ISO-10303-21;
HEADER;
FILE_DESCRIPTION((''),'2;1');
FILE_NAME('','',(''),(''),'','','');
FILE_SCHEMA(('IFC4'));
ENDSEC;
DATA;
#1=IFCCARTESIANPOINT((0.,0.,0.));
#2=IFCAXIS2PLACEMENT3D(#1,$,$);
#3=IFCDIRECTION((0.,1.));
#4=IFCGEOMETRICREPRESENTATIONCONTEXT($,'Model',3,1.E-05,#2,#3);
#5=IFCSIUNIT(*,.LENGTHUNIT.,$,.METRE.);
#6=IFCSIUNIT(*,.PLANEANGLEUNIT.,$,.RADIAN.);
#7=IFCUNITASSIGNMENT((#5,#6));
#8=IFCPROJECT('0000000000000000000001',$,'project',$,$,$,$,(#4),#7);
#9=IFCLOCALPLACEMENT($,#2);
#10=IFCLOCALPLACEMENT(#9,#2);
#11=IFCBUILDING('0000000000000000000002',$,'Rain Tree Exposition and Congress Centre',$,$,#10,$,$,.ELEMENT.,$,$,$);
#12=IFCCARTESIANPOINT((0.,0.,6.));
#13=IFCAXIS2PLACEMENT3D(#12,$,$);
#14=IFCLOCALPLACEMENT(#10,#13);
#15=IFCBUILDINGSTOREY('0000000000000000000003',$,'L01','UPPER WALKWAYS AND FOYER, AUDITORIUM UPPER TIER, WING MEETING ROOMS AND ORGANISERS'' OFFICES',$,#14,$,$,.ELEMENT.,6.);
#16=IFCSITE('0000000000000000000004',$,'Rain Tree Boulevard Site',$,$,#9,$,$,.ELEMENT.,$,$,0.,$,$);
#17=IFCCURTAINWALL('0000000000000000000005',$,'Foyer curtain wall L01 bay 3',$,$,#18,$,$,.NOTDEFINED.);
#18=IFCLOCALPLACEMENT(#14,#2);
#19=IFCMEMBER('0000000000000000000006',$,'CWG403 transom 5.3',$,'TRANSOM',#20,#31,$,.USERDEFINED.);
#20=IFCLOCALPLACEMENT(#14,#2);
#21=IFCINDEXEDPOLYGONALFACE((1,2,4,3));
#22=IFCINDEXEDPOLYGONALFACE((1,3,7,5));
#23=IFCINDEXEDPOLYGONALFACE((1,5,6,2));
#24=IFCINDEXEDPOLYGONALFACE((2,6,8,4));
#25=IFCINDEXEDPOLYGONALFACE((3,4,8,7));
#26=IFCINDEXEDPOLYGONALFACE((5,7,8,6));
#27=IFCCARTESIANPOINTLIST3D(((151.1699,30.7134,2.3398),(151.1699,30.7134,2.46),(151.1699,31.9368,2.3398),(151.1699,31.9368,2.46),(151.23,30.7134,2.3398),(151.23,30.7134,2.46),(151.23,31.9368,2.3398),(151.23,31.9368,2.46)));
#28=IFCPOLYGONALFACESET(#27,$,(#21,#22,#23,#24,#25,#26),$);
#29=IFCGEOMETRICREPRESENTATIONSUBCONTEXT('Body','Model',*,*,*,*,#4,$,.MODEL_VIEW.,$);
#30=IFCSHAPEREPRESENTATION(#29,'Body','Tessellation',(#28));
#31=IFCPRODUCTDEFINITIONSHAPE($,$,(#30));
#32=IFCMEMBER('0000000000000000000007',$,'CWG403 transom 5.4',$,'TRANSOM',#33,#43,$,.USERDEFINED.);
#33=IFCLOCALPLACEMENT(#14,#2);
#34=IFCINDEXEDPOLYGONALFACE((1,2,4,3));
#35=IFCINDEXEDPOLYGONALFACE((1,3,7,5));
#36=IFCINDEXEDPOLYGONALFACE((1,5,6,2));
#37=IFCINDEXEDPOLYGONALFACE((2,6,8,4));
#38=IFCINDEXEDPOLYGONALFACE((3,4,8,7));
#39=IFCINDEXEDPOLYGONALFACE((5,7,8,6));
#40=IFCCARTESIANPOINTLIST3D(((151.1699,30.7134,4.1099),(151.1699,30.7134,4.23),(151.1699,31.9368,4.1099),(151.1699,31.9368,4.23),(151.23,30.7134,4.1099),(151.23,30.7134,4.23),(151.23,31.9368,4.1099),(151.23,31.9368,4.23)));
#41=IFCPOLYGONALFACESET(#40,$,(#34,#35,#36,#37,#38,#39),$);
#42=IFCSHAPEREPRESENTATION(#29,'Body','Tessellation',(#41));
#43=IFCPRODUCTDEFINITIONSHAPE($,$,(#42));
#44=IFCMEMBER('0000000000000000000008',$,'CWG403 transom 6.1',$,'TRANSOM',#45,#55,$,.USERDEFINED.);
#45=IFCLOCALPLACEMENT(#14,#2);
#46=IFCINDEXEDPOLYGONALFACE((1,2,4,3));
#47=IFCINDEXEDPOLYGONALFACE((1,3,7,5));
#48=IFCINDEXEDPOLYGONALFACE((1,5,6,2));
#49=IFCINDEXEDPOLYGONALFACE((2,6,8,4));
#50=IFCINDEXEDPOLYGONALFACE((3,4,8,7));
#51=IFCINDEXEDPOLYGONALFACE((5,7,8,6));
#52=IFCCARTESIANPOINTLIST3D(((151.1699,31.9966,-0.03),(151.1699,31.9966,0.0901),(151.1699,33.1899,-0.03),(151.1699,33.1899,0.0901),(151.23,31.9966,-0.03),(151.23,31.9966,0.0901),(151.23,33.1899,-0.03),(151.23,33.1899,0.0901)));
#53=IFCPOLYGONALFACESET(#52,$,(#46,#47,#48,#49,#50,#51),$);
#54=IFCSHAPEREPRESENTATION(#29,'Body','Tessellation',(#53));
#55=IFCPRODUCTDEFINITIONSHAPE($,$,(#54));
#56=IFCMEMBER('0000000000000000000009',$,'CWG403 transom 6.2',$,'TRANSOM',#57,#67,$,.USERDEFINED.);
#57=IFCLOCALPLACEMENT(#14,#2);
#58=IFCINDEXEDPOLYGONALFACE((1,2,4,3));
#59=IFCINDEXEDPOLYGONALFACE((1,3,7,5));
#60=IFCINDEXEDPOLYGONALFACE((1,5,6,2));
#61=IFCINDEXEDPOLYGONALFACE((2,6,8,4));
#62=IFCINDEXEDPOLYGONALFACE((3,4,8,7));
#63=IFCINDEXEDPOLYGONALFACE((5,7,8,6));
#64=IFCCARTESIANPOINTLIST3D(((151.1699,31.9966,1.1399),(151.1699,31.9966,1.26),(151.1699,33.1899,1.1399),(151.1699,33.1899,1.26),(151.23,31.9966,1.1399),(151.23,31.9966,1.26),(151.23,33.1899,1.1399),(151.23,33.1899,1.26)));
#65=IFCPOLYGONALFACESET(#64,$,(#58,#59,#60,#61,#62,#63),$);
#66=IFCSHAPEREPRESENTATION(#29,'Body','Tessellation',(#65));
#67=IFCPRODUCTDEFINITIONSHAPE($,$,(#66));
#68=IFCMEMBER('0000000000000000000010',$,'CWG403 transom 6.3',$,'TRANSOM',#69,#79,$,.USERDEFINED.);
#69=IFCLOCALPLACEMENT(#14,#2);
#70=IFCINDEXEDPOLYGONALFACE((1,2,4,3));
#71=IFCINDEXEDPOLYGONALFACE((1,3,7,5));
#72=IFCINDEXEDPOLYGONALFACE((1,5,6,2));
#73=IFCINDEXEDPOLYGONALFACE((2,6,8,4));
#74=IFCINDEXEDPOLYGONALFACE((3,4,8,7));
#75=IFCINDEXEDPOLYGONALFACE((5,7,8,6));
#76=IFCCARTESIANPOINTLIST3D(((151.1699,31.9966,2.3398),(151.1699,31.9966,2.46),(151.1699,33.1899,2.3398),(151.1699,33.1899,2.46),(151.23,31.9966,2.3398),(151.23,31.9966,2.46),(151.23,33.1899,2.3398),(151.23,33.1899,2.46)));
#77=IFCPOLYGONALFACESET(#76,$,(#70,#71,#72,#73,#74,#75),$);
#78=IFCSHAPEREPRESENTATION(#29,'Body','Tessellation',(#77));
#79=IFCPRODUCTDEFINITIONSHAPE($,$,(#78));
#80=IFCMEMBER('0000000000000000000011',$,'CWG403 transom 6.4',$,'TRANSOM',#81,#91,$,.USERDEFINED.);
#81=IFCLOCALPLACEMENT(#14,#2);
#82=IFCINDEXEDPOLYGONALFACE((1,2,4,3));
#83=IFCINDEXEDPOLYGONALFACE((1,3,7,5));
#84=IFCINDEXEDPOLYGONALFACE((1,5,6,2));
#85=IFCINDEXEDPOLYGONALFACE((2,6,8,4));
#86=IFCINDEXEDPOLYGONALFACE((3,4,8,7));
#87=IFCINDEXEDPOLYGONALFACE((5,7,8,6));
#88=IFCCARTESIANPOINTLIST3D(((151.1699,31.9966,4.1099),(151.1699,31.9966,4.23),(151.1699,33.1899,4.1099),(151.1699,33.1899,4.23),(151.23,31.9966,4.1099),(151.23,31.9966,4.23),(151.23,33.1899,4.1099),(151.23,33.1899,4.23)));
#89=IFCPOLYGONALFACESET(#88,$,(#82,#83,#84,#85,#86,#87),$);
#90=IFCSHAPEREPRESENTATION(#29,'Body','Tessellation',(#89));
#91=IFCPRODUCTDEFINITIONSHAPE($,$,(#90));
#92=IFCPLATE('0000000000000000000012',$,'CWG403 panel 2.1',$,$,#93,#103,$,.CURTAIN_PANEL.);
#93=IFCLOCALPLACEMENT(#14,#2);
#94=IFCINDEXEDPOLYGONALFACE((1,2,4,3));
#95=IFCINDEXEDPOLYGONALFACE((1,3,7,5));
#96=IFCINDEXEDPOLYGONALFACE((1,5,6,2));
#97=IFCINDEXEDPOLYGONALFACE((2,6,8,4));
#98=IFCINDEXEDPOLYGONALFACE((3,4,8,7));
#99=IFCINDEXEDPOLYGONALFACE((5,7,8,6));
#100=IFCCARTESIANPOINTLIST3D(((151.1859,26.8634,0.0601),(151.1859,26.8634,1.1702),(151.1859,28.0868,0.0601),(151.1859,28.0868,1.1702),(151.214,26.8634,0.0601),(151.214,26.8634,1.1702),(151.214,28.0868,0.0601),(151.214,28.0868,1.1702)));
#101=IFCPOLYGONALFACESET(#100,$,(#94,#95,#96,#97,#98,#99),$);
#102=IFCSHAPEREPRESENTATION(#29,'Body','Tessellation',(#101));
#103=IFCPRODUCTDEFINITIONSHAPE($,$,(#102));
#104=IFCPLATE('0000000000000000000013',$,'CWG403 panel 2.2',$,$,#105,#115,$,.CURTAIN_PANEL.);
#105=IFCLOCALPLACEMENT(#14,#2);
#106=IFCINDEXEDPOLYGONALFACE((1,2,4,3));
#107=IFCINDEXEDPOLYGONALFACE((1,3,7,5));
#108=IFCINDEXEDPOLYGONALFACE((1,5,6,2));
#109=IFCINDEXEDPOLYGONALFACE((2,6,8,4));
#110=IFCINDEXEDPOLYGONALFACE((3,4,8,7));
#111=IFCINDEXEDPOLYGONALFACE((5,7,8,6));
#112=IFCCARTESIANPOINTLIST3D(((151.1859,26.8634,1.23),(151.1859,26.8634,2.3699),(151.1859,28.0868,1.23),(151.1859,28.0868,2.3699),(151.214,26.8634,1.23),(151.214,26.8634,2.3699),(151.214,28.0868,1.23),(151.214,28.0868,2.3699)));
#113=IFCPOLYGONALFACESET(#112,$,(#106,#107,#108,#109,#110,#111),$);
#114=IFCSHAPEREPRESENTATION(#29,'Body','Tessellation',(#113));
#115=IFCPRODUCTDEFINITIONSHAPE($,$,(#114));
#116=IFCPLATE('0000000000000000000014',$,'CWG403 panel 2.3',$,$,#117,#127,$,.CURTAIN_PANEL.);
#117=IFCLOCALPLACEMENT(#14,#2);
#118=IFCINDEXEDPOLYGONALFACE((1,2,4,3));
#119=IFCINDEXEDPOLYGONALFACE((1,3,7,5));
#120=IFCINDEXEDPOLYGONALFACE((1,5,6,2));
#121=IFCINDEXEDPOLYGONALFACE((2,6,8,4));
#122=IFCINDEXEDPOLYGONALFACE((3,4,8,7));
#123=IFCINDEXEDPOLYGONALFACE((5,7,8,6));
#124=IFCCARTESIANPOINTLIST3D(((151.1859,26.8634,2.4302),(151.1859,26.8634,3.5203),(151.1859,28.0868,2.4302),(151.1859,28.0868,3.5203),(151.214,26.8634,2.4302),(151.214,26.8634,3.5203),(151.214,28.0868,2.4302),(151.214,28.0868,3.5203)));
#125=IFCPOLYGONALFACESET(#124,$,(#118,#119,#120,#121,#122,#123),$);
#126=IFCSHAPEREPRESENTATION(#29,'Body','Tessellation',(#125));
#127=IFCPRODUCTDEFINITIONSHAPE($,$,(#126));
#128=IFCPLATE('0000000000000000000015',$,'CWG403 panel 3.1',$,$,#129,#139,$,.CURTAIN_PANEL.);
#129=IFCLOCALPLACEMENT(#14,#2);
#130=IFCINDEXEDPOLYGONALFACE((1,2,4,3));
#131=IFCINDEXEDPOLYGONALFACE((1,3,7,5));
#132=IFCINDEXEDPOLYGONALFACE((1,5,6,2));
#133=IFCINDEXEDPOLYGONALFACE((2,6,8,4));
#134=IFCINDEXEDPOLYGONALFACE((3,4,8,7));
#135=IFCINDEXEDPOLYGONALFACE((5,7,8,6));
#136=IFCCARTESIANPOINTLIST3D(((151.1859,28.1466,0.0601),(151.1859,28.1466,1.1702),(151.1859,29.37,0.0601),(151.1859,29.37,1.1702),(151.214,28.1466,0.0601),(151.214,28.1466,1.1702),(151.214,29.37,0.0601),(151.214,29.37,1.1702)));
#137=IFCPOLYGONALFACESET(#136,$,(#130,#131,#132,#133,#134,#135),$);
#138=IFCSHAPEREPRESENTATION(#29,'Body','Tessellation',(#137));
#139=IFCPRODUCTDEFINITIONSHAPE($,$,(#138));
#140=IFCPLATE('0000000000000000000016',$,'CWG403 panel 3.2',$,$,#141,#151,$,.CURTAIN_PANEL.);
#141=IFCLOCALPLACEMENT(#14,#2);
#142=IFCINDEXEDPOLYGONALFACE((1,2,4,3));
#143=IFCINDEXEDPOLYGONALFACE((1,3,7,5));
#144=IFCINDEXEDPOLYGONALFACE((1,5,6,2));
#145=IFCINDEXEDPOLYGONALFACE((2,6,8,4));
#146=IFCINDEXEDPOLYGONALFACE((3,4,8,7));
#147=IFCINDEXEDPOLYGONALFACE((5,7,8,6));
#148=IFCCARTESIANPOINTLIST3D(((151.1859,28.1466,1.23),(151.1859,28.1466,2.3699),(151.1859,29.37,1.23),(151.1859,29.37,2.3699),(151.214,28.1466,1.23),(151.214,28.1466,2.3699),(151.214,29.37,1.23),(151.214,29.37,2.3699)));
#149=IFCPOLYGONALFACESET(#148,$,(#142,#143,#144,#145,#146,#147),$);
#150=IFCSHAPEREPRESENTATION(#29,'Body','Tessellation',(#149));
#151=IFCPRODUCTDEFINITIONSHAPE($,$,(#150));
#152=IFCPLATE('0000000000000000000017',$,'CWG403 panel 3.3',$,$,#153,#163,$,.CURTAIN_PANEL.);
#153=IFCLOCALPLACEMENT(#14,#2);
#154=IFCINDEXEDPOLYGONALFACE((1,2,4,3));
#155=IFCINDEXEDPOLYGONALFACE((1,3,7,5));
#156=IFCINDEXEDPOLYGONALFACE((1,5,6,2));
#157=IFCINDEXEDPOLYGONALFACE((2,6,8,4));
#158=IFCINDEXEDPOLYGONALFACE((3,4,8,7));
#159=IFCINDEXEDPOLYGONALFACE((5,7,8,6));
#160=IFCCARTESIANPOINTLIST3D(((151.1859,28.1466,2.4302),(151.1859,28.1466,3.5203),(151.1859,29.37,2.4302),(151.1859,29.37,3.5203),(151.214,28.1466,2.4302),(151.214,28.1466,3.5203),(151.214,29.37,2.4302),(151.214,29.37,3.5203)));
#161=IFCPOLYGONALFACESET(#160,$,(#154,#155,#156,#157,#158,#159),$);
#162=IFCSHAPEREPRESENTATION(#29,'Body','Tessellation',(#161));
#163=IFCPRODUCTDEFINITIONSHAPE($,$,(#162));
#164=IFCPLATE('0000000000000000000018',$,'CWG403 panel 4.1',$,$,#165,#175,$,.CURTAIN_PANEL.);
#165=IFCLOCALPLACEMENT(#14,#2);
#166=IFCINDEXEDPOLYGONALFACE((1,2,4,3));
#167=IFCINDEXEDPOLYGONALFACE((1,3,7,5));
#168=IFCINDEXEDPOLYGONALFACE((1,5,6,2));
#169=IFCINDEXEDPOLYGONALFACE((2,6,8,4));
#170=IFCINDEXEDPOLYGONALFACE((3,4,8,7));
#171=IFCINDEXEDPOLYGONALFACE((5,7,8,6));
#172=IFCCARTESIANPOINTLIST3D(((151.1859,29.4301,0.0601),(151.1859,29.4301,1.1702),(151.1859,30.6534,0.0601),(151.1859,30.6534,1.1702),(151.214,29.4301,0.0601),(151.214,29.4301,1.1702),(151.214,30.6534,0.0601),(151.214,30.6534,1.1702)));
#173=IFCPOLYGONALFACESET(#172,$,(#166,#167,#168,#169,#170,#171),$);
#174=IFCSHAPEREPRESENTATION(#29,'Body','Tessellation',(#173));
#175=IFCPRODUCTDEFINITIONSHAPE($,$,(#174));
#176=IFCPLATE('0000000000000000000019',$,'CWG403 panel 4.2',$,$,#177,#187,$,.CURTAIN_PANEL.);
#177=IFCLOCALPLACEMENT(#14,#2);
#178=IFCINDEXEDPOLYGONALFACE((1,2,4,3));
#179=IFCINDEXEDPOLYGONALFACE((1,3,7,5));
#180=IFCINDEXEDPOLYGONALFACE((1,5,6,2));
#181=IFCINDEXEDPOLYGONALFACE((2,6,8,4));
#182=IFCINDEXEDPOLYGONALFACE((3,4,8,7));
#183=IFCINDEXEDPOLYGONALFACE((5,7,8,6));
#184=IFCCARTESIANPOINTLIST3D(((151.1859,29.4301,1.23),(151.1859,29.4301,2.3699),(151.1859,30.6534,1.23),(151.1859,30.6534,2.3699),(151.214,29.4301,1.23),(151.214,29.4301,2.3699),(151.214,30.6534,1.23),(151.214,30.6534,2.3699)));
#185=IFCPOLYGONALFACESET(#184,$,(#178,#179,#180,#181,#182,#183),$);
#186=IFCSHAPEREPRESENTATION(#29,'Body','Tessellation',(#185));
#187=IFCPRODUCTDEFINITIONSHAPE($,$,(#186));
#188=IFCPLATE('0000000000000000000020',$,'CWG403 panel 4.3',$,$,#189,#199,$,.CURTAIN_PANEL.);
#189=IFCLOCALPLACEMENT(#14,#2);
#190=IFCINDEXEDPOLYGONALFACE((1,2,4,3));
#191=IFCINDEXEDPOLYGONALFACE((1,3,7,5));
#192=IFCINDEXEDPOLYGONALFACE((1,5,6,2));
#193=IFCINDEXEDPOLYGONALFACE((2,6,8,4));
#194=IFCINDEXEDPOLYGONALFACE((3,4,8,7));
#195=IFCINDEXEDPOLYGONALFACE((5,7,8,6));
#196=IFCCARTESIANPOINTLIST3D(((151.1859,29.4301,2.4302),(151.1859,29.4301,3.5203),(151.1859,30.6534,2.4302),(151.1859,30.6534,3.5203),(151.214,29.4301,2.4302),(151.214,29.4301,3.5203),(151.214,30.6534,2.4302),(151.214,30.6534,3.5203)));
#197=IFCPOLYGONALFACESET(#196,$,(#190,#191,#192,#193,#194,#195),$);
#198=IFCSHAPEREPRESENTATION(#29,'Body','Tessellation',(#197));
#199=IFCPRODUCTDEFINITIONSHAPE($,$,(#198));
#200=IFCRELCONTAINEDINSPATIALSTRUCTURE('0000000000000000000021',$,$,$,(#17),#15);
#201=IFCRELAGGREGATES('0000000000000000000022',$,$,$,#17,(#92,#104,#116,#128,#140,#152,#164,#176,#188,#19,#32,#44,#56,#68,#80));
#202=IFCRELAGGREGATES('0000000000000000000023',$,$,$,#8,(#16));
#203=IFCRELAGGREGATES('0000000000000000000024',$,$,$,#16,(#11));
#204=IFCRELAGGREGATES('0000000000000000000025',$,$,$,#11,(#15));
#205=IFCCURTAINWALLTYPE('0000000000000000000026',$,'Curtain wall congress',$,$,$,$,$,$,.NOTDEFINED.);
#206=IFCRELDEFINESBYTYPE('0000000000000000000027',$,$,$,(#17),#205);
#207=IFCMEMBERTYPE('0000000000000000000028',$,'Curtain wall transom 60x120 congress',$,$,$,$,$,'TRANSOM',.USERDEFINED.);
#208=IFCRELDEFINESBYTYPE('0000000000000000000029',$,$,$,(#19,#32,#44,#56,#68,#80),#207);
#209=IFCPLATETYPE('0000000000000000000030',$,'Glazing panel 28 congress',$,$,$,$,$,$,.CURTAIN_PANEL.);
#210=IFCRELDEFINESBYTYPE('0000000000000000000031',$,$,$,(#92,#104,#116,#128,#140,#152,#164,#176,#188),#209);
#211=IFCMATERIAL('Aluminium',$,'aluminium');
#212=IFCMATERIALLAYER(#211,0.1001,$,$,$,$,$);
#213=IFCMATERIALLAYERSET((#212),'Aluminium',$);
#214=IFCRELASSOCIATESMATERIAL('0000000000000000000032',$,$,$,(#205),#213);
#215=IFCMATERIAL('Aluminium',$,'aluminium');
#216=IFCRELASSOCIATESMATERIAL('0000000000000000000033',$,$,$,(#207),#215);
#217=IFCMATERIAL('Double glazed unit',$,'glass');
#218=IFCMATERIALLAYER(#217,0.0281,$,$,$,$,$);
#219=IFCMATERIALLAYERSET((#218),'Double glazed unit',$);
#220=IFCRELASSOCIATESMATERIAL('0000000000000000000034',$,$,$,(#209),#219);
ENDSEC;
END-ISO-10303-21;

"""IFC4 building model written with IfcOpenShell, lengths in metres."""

from ifc_helpers import new_model, si_unit, direction, frame, origin, origin_2d, place, context, subcontext, project, spatial, rectangle, extrude, material, layer, layer_set, material_profile, profile_set, type_object, element, aggregate, save


model = new_model("IFC4")

# Units and contexts
model_context = context("Model", 3, precision=1e-05, world=origin(), true_north=direction((0.0, 1.0)))
body_context = subcontext(model_context, "Body", "Model", "MODEL_VIEW")
ifc_project = project(units=[si_unit("LENGTHUNIT", "METRE"), si_unit("PLANEANGLEUNIT", "RADIAN")], contexts=[model_context])

# Site, building, storey
site_placement = place(None, origin())
site = spatial("IfcSite", under=ifc_project, at=site_placement, Name="Rain Tree Boulevard Site", CompositionType="ELEMENT", RefElevation=0.0)
building_placement = place(site_placement, origin())
building = spatial("IfcBuilding", under=site, at=building_placement, Name="Rain Tree Exposition and Congress Centre", CompositionType="ELEMENT")
storey_placement = place(building_placement, frame((0.0, 0.0, 6.0)))
storey = spatial("IfcBuildingStorey", under=building, at=storey_placement, Name="L01", Description="UPPER WALKWAYS AND FOYER, AUDITORIUM UPPER TIER, WING MEETING ROOMS AND ORGANISERS' OFFICES", CompositionType="ELEMENT", Elevation=6.0)

# Curtain wall, members, plates
ifc_material_1 = material(Name="Aluminium", Category="aluminium")
ifc_layer_1 = layer(ifc_material_1, 0.1001)
ifc_layer_set_1 = layer_set([ifc_layer_1], Name="Aluminium")
curtain_wall_type = type_object("IfcCurtainWallType", Name="Curtain wall congress", PredefinedType="NOTDEFINED", material=ifc_layer_set_1)
curtain_wall_placement = place(storey_placement, origin())
curtain_wall = element("IfcCurtainWall", 1, at=curtain_wall_placement, inside=storey, type_object=curtain_wall_type, Name="Foyer curtain wall L01 bay 3", PredefinedType="NOTDEFINED")
ifc_material_2 = material(Name="Aluminium", Category="aluminium")
ifc_material_profile_1 = material_profile(ifc_material_2, rectangle(XDim=0.0601, YDim=0.1201, at=origin_2d()), Name="AL 60x120")
ifc_profile_set_1 = profile_set([ifc_material_profile_1], Name="Aluminium")
member_type_1 = type_object("IfcMemberType", Name="Curtain wall transom 60x120 congress", ElementType="TRANSOM", PredefinedType="USERDEFINED", material=ifc_profile_set_1)
member_1_placement = place(storey_placement, frame((151.2, 30.7134, 2.3999), z_axis=(0.0, 1.0, 0.0), x_axis=(-1.0, 0.0, 0.0)))
member_1 = element("IfcMember", 2, at=member_1_placement, type_object=member_type_1, Name="CWG403 transom 5.3", ObjectType="TRANSOM", PredefinedType="USERDEFINED", context=body_context, shape_type="SweptSolid", body=[
    extrude(rectangle(XDim=0.0601, YDim=0.1201, at=origin_2d()), origin(), (0.0, 0.0, 1.0), 1.2234),
])
member_2_placement = place(storey_placement, frame((151.2, 30.7134, 4.1699), z_axis=(0.0, 1.0, 0.0), x_axis=(-1.0, 0.0, 0.0)))
member_2 = element("IfcMember", 3, at=member_2_placement, type_object=member_type_1, Name="CWG403 transom 5.4", ObjectType="TRANSOM", PredefinedType="USERDEFINED", context=body_context, shape_type="SweptSolid", body=[
    extrude(rectangle(XDim=0.0601, YDim=0.1201, at=origin_2d()), origin(), (0.0, 0.0, 1.0), 1.2234),
])
member_3_placement = place(storey_placement, frame((151.2, 31.9966, 0.03), z_axis=(0.0, 1.0, 0.0), x_axis=(-1.0, 0.0, 0.0)))
member_3 = element("IfcMember", 4, at=member_3_placement, type_object=member_type_1, Name="CWG403 transom 6.1", ObjectType="TRANSOM", PredefinedType="USERDEFINED", context=body_context, shape_type="SweptSolid", body=[
    extrude(rectangle(XDim=0.0601, YDim=0.1201, at=origin_2d()), origin(), (0.0, 0.0, 1.0), 1.1934),
])
member_4_placement = place(storey_placement, frame((151.2, 31.9966, 1.2), z_axis=(0.0, 1.0, 0.0), x_axis=(-1.0, 0.0, 0.0)))
member_4 = element("IfcMember", 5, at=member_4_placement, type_object=member_type_1, Name="CWG403 transom 6.2", ObjectType="TRANSOM", PredefinedType="USERDEFINED", context=body_context, shape_type="SweptSolid", body=[
    extrude(rectangle(XDim=0.0601, YDim=0.1201, at=origin_2d()), origin(), (0.0, 0.0, 1.0), 1.1934),
])
member_5_placement = place(storey_placement, frame((151.2, 31.9966, 2.3999), z_axis=(0.0, 1.0, 0.0), x_axis=(-1.0, 0.0, 0.0)))
member_5 = element("IfcMember", 6, at=member_5_placement, type_object=member_type_1, Name="CWG403 transom 6.3", ObjectType="TRANSOM", PredefinedType="USERDEFINED", context=body_context, shape_type="SweptSolid", body=[
    extrude(rectangle(XDim=0.0601, YDim=0.1201, at=origin_2d()), origin(), (0.0, 0.0, 1.0), 1.1934),
])
member_6_placement = place(storey_placement, frame((151.2, 31.9966, 4.1699), z_axis=(0.0, 1.0, 0.0), x_axis=(-1.0, 0.0, 0.0)))
member_6 = element("IfcMember", 7, at=member_6_placement, type_object=member_type_1, Name="CWG403 transom 6.4", ObjectType="TRANSOM", PredefinedType="USERDEFINED", context=body_context, shape_type="SweptSolid", body=[
    extrude(rectangle(XDim=0.0601, YDim=0.1201, at=origin_2d()), origin(), (0.0, 0.0, 1.0), 1.1934),
])
ifc_material_3 = material(Name="Double glazed unit", Category="glass")
ifc_layer_2 = layer(ifc_material_3, 0.0281)
ifc_layer_set_2 = layer_set([ifc_layer_2], Name="Double glazed unit")
plate_type = type_object("IfcPlateType", Name="Glazing panel 28 congress", PredefinedType="CURTAIN_PANEL", material=ifc_layer_set_2)
plate_1_placement = place(storey_placement, frame((151.2, 27.4751, 0.0601), z_axis=(0.0, 0.0, 1.0), x_axis=(0.0, 1.0, 0.0)))
plate_1 = element("IfcPlate", 8, at=plate_1_placement, type_object=plate_type, Name="CWG403 panel 2.1", PredefinedType="CURTAIN_PANEL", context=body_context, shape_type="SweptSolid", body=[
    extrude(rectangle(XDim=1.2234, YDim=0.0281, at=origin_2d()), origin(), (0.0, 0.0, 1.0), 1.1101),
])
plate_2_placement = place(storey_placement, frame((151.2, 27.4751, 1.23), z_axis=(0.0, 0.0, 1.0), x_axis=(0.0, 1.0, 0.0)))
plate_2 = element("IfcPlate", 9, at=plate_2_placement, type_object=plate_type, Name="CWG403 panel 2.2", PredefinedType="CURTAIN_PANEL", context=body_context, shape_type="SweptSolid", body=[
    extrude(rectangle(XDim=1.2234, YDim=0.0281, at=origin_2d()), origin(), (0.0, 0.0, 1.0), 1.1399),
])
plate_3_placement = place(storey_placement, frame((151.2, 27.4751, 2.4302), z_axis=(0.0, 0.0, 1.0), x_axis=(0.0, 1.0, 0.0)))
plate_3 = element("IfcPlate", 10, at=plate_3_placement, type_object=plate_type, Name="CWG403 panel 2.3", PredefinedType="CURTAIN_PANEL", context=body_context, shape_type="SweptSolid", body=[
    extrude(rectangle(XDim=1.2234, YDim=0.0281, at=origin_2d()), origin(), (0.0, 0.0, 1.0), 1.0901),
])
plate_4_placement = place(storey_placement, frame((151.2, 28.7583, 0.0601), z_axis=(0.0, 0.0, 1.0), x_axis=(0.0, 1.0, 0.0)))
plate_4 = element("IfcPlate", 11, at=plate_4_placement, type_object=plate_type, Name="CWG403 panel 3.1", PredefinedType="CURTAIN_PANEL", context=body_context, shape_type="SweptSolid", body=[
    extrude(rectangle(XDim=1.2234, YDim=0.0281, at=origin_2d()), origin(), (0.0, 0.0, 1.0), 1.1101),
])
plate_5_placement = place(storey_placement, frame((151.2, 28.7583, 1.23), z_axis=(0.0, 0.0, 1.0), x_axis=(0.0, 1.0, 0.0)))
plate_5 = element("IfcPlate", 12, at=plate_5_placement, type_object=plate_type, Name="CWG403 panel 3.2", PredefinedType="CURTAIN_PANEL", context=body_context, shape_type="SweptSolid", body=[
    extrude(rectangle(XDim=1.2234, YDim=0.0281, at=origin_2d()), origin(), (0.0, 0.0, 1.0), 1.1399),
])
plate_6_placement = place(storey_placement, frame((151.2, 28.7583, 2.4302), z_axis=(0.0, 0.0, 1.0), x_axis=(0.0, 1.0, 0.0)))
plate_6 = element("IfcPlate", 13, at=plate_6_placement, type_object=plate_type, Name="CWG403 panel 3.3", PredefinedType="CURTAIN_PANEL", context=body_context, shape_type="SweptSolid", body=[
    extrude(rectangle(XDim=1.2234, YDim=0.0281, at=origin_2d()), origin(), (0.0, 0.0, 1.0), 1.0901),
])
plate_7_placement = place(storey_placement, frame((151.2, 30.0417, 0.0601), z_axis=(0.0, 0.0, 1.0), x_axis=(0.0, 1.0, 0.0)))
plate_7 = element("IfcPlate", 14, at=plate_7_placement, type_object=plate_type, Name="CWG403 panel 4.1", PredefinedType="CURTAIN_PANEL", context=body_context, shape_type="SweptSolid", body=[
    extrude(rectangle(XDim=1.2234, YDim=0.0281, at=origin_2d()), origin(), (0.0, 0.0, 1.0), 1.1101),
])
plate_8_placement = place(storey_placement, frame((151.2, 30.0417, 1.23), z_axis=(0.0, 0.0, 1.0), x_axis=(0.0, 1.0, 0.0)))
plate_8 = element("IfcPlate", 15, at=plate_8_placement, type_object=plate_type, Name="CWG403 panel 4.2", PredefinedType="CURTAIN_PANEL", context=body_context, shape_type="SweptSolid", body=[
    extrude(rectangle(XDim=1.2234, YDim=0.0281, at=origin_2d()), origin(), (0.0, 0.0, 1.0), 1.1399),
])
plate_9_placement = place(storey_placement, frame((151.2, 30.0417, 2.4302), z_axis=(0.0, 0.0, 1.0), x_axis=(0.0, 1.0, 0.0)))
plate_9 = element("IfcPlate", 16, at=plate_9_placement, type_object=plate_type, Name="CWG403 panel 4.3", PredefinedType="CURTAIN_PANEL", context=body_context, shape_type="SweptSolid", body=[
    extrude(rectangle(XDim=1.2234, YDim=0.0281, at=origin_2d()), origin(), (0.0, 0.0, 1.0), 1.0901),
])
aggregate(curtain_wall, [plate_1, plate_2, plate_3, plate_4, plate_5, plate_6, plate_7, plate_8, plate_9, member_1, member_2, member_3, member_4, member_5, member_6])

save(model, "model.ifc")
